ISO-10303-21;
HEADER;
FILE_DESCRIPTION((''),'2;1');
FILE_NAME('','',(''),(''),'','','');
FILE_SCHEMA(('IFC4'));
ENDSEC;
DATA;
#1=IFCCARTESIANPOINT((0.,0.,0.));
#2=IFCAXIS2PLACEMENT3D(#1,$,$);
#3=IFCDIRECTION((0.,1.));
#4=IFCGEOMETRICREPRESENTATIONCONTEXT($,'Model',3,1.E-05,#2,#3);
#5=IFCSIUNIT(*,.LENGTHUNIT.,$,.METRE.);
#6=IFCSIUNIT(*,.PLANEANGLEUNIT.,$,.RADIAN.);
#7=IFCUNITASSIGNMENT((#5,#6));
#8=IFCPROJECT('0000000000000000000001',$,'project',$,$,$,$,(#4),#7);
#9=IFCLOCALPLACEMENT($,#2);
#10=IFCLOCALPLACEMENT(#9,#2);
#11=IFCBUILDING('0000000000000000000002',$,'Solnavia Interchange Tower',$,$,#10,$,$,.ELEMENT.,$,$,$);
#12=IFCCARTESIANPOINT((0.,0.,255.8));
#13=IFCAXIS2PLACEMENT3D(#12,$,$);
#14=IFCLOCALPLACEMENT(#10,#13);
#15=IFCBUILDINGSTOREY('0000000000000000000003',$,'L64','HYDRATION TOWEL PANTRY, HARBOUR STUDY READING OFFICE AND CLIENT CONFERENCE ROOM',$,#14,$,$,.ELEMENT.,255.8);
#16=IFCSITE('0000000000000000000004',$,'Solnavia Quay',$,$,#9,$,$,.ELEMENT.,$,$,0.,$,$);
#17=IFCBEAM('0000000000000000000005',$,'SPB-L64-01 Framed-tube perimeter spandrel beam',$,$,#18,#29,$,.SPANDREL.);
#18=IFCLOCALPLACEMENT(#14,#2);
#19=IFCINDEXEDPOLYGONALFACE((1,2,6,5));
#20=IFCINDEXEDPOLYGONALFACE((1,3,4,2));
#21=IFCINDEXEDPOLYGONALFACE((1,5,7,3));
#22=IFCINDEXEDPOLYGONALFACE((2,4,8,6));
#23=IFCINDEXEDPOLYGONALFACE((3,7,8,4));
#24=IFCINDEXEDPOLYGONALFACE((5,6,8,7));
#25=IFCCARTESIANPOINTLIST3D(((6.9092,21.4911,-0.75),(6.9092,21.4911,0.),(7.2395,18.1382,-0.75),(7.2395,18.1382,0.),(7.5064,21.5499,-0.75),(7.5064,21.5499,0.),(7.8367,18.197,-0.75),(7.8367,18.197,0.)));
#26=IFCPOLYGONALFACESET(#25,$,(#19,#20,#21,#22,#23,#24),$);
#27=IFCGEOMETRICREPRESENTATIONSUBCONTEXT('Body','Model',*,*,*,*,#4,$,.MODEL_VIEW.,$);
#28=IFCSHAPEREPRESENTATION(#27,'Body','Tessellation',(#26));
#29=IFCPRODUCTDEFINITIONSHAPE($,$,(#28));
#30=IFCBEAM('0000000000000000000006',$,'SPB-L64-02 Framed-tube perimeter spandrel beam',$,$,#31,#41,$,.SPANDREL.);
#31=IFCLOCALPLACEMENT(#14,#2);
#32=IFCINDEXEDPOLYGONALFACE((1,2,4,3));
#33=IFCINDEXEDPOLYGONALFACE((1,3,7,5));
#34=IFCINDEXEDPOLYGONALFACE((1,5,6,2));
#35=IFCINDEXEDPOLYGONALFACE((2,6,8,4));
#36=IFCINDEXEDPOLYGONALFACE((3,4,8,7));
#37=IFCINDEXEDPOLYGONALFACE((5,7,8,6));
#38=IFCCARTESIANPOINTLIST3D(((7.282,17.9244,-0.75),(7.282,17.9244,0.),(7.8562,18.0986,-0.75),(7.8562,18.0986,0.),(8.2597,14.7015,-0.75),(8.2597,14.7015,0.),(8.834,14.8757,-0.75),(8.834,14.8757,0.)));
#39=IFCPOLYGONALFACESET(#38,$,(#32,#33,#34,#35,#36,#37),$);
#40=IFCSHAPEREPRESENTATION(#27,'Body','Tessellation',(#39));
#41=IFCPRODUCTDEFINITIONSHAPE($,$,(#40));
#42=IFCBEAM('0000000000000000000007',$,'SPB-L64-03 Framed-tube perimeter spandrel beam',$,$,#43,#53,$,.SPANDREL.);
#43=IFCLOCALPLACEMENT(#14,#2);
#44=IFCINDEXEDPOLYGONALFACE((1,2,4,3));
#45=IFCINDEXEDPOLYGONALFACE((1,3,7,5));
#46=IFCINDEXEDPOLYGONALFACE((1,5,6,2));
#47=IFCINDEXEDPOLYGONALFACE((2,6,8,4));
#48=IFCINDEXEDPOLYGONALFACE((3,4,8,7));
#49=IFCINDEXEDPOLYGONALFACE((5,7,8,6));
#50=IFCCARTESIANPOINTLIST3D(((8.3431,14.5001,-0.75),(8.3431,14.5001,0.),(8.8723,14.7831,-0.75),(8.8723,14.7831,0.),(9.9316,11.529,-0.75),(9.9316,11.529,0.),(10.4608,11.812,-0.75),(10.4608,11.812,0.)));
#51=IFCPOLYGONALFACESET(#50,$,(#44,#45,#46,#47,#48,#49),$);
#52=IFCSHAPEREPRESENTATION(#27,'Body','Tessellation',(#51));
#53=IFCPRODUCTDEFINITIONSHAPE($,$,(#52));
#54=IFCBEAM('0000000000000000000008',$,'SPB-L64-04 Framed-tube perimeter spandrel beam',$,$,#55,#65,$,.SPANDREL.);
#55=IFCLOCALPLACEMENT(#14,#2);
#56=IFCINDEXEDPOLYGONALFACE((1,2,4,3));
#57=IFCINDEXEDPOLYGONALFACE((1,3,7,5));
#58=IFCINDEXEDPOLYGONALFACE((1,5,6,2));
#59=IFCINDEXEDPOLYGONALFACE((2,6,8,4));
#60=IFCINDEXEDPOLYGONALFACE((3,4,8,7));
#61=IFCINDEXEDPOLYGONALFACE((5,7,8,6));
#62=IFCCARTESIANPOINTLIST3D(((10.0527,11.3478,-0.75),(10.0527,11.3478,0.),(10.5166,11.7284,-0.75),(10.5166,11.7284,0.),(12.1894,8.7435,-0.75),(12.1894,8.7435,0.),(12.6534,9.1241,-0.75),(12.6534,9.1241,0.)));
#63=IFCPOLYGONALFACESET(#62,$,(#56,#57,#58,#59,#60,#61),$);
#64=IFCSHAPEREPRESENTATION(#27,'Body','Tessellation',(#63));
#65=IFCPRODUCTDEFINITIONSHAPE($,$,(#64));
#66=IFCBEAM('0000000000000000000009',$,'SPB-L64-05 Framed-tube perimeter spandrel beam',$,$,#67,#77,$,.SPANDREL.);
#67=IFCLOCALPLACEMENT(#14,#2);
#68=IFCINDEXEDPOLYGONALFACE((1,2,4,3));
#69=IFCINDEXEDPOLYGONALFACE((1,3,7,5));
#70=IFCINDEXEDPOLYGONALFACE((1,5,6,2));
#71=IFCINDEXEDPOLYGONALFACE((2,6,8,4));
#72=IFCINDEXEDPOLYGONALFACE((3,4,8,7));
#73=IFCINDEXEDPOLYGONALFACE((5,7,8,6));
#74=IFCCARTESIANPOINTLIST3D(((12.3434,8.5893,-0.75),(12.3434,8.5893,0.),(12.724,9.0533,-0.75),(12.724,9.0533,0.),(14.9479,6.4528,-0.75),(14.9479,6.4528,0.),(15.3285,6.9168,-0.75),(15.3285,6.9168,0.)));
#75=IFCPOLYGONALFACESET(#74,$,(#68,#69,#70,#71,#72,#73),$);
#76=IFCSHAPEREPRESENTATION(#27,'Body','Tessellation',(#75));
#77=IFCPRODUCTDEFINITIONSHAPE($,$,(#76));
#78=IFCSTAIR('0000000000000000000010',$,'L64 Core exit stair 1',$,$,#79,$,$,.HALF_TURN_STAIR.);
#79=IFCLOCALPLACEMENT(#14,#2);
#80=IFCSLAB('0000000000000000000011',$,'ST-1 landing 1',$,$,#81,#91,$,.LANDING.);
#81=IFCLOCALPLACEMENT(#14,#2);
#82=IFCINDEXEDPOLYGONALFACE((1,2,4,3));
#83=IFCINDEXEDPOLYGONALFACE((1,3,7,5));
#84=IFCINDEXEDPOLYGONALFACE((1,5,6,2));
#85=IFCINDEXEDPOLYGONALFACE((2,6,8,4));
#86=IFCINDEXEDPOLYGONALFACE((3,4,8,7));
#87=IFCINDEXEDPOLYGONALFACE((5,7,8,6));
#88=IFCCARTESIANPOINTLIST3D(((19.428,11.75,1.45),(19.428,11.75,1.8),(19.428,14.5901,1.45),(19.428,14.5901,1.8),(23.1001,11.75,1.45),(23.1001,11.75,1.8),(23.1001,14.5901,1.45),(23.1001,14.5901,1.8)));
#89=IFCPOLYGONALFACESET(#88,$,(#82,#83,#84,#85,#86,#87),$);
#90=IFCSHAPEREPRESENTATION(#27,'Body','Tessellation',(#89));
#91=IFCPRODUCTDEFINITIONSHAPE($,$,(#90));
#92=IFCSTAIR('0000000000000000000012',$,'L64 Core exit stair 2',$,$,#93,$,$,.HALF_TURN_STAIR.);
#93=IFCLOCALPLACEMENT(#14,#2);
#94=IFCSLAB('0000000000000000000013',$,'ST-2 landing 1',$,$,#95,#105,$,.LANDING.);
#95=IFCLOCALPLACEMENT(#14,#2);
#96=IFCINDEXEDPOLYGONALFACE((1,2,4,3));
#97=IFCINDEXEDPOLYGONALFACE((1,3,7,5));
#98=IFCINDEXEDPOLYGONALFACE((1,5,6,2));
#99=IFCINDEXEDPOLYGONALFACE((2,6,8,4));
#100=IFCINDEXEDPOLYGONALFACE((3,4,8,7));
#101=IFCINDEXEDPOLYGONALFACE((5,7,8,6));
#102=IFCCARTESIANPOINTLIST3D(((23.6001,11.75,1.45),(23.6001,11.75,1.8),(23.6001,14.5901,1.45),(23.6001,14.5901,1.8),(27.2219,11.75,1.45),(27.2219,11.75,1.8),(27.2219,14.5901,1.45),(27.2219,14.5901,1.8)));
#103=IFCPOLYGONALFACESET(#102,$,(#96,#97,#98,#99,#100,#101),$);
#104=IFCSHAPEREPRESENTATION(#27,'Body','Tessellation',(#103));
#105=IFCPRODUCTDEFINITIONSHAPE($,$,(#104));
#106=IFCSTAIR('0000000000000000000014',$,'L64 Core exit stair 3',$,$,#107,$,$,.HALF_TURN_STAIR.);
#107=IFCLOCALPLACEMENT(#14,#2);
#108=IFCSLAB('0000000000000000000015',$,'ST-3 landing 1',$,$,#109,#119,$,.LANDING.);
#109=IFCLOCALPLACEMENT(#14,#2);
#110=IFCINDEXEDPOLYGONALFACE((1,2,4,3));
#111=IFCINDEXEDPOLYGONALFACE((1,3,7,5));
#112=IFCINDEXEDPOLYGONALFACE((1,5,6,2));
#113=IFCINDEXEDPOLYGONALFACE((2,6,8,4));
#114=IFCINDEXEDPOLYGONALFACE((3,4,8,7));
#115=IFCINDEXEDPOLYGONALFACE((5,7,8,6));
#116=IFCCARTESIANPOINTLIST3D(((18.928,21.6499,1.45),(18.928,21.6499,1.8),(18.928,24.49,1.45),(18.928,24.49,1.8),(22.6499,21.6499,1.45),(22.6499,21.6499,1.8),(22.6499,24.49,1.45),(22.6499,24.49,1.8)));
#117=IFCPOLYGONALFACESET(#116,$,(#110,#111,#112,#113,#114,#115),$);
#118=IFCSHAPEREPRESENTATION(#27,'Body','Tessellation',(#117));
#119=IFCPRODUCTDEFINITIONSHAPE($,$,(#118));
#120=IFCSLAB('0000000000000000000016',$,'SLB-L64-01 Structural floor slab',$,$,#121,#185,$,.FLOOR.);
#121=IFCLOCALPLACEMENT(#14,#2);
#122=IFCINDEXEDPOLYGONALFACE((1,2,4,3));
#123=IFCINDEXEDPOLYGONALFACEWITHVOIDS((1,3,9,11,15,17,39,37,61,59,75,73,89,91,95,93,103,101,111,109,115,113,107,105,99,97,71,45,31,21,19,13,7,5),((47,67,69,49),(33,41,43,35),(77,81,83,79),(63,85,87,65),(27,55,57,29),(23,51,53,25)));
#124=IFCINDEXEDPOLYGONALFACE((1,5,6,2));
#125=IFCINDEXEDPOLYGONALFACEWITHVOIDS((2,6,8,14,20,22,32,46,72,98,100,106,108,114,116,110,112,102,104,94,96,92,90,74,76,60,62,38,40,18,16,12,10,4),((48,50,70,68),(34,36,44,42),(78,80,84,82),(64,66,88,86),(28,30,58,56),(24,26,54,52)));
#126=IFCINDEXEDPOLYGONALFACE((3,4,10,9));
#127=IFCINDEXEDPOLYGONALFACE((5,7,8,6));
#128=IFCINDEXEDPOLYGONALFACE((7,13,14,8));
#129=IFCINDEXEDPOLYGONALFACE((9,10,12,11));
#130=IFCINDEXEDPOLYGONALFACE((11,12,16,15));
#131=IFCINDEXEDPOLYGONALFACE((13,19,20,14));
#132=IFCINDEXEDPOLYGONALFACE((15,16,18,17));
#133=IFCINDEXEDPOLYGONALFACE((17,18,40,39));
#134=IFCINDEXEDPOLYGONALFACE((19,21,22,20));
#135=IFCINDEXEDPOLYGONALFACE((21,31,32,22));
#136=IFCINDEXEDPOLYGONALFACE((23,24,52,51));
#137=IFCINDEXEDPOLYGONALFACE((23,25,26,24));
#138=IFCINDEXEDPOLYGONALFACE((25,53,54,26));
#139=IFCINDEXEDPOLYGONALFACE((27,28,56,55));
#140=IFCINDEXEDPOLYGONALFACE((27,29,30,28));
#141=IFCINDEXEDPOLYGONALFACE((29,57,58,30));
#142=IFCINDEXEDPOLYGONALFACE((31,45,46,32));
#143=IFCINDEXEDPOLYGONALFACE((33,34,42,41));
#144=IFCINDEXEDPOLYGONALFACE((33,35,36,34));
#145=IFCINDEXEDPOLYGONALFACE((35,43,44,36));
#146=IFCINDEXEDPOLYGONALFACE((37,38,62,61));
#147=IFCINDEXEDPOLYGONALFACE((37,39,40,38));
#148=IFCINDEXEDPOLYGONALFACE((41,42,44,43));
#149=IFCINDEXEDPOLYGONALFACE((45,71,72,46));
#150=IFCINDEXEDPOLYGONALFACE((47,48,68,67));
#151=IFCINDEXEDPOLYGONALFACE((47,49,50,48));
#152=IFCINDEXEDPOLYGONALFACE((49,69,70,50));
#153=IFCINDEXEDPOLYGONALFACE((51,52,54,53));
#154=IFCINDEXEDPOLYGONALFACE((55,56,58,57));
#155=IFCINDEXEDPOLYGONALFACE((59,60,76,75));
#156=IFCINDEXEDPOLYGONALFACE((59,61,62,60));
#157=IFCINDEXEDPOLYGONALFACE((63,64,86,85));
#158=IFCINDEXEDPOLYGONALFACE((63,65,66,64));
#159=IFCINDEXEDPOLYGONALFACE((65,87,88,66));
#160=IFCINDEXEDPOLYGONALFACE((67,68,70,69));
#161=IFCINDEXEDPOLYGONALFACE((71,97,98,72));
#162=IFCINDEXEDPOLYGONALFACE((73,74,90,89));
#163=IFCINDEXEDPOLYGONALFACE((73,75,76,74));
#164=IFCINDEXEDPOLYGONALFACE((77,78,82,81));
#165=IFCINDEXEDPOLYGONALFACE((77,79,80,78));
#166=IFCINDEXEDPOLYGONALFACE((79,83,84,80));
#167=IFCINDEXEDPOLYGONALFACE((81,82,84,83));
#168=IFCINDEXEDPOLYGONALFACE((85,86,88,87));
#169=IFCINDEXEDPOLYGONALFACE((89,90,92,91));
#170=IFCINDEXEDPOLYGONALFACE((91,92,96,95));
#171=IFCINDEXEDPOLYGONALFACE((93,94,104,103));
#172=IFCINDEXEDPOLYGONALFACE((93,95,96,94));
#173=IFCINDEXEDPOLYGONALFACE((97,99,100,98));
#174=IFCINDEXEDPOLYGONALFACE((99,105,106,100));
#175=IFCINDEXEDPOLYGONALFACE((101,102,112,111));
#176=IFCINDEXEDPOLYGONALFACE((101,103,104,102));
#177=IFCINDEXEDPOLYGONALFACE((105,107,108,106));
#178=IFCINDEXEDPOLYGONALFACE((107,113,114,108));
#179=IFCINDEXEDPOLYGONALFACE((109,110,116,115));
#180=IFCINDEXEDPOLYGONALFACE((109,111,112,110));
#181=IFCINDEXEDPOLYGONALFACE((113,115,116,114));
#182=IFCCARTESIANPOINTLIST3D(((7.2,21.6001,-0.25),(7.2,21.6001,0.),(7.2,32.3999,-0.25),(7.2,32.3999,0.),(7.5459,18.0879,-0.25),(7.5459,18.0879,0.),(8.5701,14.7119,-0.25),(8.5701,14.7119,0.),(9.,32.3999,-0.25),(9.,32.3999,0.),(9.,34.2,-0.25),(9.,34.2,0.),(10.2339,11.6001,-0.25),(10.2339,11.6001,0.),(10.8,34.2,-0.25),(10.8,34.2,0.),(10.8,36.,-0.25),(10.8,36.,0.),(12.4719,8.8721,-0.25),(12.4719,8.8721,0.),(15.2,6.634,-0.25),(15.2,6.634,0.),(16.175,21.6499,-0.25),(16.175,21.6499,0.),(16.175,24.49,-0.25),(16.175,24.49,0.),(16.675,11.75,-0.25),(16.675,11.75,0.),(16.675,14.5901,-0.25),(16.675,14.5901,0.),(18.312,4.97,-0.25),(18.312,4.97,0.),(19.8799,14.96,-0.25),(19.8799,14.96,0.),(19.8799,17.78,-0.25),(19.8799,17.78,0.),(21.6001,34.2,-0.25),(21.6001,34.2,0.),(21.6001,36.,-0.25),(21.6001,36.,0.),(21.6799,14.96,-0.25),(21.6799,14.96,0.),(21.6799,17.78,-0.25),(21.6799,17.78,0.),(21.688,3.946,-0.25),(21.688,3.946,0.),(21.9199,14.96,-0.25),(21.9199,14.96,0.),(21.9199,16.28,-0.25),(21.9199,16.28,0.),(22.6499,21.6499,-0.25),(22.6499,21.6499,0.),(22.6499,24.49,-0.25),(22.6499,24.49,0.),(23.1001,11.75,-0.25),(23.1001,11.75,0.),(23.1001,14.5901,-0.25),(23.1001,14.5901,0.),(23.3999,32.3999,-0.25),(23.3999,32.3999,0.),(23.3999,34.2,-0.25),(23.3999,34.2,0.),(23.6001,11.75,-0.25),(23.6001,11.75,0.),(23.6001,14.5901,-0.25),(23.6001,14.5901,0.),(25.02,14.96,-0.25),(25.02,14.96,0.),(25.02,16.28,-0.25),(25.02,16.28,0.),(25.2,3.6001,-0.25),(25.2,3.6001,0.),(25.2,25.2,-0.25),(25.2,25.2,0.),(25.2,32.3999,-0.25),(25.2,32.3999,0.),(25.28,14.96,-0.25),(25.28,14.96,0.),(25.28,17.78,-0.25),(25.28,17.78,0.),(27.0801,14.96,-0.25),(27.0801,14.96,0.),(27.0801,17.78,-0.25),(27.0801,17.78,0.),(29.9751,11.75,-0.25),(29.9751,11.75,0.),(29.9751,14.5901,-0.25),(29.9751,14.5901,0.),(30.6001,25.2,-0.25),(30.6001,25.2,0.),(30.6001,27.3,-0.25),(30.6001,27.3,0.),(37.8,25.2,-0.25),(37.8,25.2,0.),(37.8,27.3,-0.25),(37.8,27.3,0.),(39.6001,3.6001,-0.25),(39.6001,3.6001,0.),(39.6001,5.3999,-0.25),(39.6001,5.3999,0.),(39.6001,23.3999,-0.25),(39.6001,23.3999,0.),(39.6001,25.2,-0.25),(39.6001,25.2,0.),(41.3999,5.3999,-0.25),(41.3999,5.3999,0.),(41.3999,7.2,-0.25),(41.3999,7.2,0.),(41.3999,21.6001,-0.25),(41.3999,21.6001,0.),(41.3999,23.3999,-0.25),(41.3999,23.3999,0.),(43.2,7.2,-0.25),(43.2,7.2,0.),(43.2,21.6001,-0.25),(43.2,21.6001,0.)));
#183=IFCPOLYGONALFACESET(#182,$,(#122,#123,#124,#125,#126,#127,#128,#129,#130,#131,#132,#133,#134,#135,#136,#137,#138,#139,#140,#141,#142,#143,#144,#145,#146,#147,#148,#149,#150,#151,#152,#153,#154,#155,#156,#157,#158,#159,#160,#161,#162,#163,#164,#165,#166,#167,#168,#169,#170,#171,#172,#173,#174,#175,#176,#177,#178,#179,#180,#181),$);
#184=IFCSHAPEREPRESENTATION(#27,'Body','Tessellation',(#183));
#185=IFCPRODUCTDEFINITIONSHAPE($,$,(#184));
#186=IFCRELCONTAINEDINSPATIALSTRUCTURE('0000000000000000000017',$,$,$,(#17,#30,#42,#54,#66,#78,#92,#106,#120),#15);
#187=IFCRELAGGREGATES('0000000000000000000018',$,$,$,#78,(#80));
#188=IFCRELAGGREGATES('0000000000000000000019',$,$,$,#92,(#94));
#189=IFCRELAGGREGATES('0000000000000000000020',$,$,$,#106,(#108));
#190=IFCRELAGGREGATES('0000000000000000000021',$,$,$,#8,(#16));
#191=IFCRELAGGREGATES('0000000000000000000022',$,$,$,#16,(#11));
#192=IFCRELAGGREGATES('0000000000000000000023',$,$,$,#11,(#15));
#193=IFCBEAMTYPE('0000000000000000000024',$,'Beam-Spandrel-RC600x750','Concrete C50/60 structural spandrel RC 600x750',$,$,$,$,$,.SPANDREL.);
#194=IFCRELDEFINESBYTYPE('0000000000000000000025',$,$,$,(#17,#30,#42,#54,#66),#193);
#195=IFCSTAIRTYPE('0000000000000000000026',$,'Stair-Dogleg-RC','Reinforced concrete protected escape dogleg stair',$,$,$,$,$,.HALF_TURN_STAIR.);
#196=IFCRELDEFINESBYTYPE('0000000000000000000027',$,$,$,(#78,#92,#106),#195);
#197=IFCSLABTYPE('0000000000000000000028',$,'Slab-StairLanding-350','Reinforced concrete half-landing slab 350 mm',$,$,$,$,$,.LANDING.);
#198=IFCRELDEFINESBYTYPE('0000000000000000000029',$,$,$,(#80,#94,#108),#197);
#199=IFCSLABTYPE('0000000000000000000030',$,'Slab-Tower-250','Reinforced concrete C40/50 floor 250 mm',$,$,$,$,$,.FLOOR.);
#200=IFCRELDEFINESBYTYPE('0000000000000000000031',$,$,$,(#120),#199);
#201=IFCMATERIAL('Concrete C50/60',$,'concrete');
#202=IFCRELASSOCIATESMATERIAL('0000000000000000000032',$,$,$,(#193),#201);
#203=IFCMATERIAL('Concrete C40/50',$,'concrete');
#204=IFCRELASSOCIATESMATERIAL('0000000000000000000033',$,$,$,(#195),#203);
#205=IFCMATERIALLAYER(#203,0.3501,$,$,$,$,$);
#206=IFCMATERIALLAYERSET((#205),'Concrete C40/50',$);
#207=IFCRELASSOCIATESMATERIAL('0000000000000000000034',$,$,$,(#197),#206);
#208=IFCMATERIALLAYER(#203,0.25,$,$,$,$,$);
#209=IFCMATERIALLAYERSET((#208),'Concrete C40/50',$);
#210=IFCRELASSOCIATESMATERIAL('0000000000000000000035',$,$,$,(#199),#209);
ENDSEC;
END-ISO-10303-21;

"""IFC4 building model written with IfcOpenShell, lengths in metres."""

from ifc_helpers import new_model, si_unit, direction, frame, origin, origin_2d, place, context, subcontext, project, spatial, polyline, rectangle, outline, extrude, material, layer, layer_set, material_profile, profile_set, type_object, element, aggregate, save


model = new_model("IFC4")

# Units and contexts
model_context = context("Model", 3, precision=1e-05, world=origin(), true_north=direction((0.0, 1.0)))
body_context = subcontext(model_context, "Body", "Model", "MODEL_VIEW")
ifc_project = project(units=[si_unit("LENGTHUNIT", "METRE"), si_unit("PLANEANGLEUNIT", "RADIAN")], contexts=[model_context])

# Site, building, storey
site_placement = place(None, origin())
site = spatial("IfcSite", under=ifc_project, at=site_placement, Name="Solnavia Quay", CompositionType="ELEMENT", RefElevation=0.0)
building_placement = place(site_placement, origin())
building = spatial("IfcBuilding", under=site, at=building_placement, Name="Solnavia Interchange Tower", CompositionType="ELEMENT")
storey_placement = place(building_placement, frame((0.0, 0.0, 255.8)))
storey = spatial("IfcBuildingStorey", under=building, at=storey_placement, Name="L64", Description="HYDRATION TOWEL PANTRY, HARBOUR STUDY READING OFFICE AND CLIENT CONFERENCE ROOM", CompositionType="ELEMENT", Elevation=255.8)

# Shared definitions
ifc_material_1 = material(Name="Concrete C50/60", Category="concrete")

# Beams
ifc_material_profile_1 = material_profile(ifc_material_1, rectangle(XDim=0.6001, YDim=0.75, at=origin_2d()), Name="RC 600x750")
ifc_profile_set_1 = profile_set([ifc_material_profile_1], Name="Concrete C50/60")
beam_type_1 = type_object("IfcBeamType", Name="Beam-Spandrel-RC600x750", Description="Concrete C50/60 structural spandrel RC 600x750", PredefinedType="SPANDREL", material=ifc_profile_set_1)
beam_1_placement = place(storey_placement, frame((7.2078, 21.5205, -0.375), z_axis=(0.09804, -0.995182, 0.0), x_axis=(0.995182, 0.09804, 0.0)))
element("IfcBeam", 1, at=beam_1_placement, inside=storey, type_object=beam_type_1, Name="SPB-L64-01 Framed-tube perimeter spandrel beam", PredefinedType="SPANDREL", context=body_context, shape_type="SweptSolid", body=[
    extrude(rectangle(XDim=0.6001, YDim=0.75, at=origin_2d()), origin(), (0.0, 0.0, 1.0), 3.3691),
])
beam_2_placement = place(storey_placement, frame((7.5691, 18.0115, -0.375), z_axis=(0.290319, -0.95693, 0.0), x_axis=(0.95693, 0.290319, 0.0)))
element("IfcBeam", 2, at=beam_2_placement, inside=storey, type_object=beam_type_1, Name="SPB-L64-02 Framed-tube perimeter spandrel beam", PredefinedType="SPANDREL", context=body_context, shape_type="SweptSolid", body=[
    extrude(rectangle(XDim=0.6001, YDim=0.75, at=origin_2d()), origin(), (0.0, 0.0, 1.0), 3.3679),
])
beam_3_placement = place(storey_placement, frame((8.6077, 14.6416, -0.375), z_axis=(0.471509, -0.881861, 0.0), x_axis=(0.881861, 0.471509, 0.0)))
element("IfcBeam", 3, at=beam_3_placement, inside=storey, type_object=beam_type_1, Name="SPB-L64-03 Framed-tube perimeter spandrel beam", PredefinedType="SPANDREL", context=body_context, shape_type="SweptSolid", body=[
    extrude(rectangle(XDim=0.6001, YDim=0.75, at=origin_2d()), origin(), (0.0, 0.0, 1.0), 3.3691),
])
for number, where, z_axis, x_axis, name in (
    (4, (10.2847, 11.5381, -0.375), (0.634299, -0.773088, 0.0), (0.773088, 0.634299, 0.0), "SPB-L64-04 Framed-tube perimeter spandrel beam"),
    (5, (12.5337, 8.8213, -0.375), (0.773153, -0.63422, 0.0), (0.63422, 0.773153, 0.0), "SPB-L64-05 Framed-tube perimeter spandrel beam"),
):
    element("IfcBeam", number, at=place(storey_placement, frame(where, z_axis=z_axis, x_axis=x_axis)), inside=storey, type_object=beam_type_1, Name=name, PredefinedType="SPANDREL", context=body_context, shape_type="SweptSolid", body=[
        extrude(rectangle(XDim=0.6001, YDim=0.75, at=origin_2d()), origin(), (0.0, 0.0, 1.0), 3.3687),
    ])

# Stairs, slabs
ifc_material_2 = material(Name="Concrete C40/50", Category="concrete")
stair_type = type_object("IfcStairType", Name="Stair-Dogleg-RC", Description="Reinforced concrete protected escape dogleg stair", PredefinedType="HALF_TURN_STAIR", material=ifc_material_2)
stair_1_placement = place(storey_placement, origin())
stair_1 = element("IfcStair", 6, at=stair_1_placement, inside=storey, type_object=stair_type, Name="L64 Core exit stair 1", PredefinedType="HALF_TURN_STAIR")
ifc_layer_1 = layer(ifc_material_2, 0.3501)
ifc_layer_set_1 = layer_set([ifc_layer_1], Name="Concrete C40/50")
slab_type_1 = type_object("IfcSlabType", Name="Slab-StairLanding-350", Description="Reinforced concrete half-landing slab 350 mm", PredefinedType="LANDING", material=ifc_layer_set_1)
slab_1_placement = place(storey_placement, frame((0.0, 0.0, 1.45)))
slab_1 = element("IfcSlab", 7, at=slab_1_placement, type_object=slab_type_1, Name="ST-1 landing 1", PredefinedType="LANDING", context=body_context, shape_type="SweptSolid", body=[
    extrude(outline(polyline([(19.428, 11.75), (23.1001, 11.75), (23.1001, 14.5901), (19.428, 14.5901), (19.428, 11.75)])), origin(), (0.0, 0.0, 1.0), 0.3501),
])
aggregate(stair_1, [slab_1])
stair_2_placement = place(storey_placement, origin())
stair_2 = element("IfcStair", 8, at=stair_2_placement, inside=storey, type_object=stair_type, Name="L64 Core exit stair 2", PredefinedType="HALF_TURN_STAIR")
slab_2_placement = place(storey_placement, frame((0.0, 0.0, 1.45)))
slab_2 = element("IfcSlab", 9, at=slab_2_placement, type_object=slab_type_1, Name="ST-2 landing 1", PredefinedType="LANDING", context=body_context, shape_type="SweptSolid", body=[
    extrude(outline(polyline([(23.6001, 11.75), (27.2219, 11.75), (27.2219, 14.5901), (23.6001, 14.5901), (23.6001, 11.75)])), origin(), (0.0, 0.0, 1.0), 0.3501),
])
aggregate(stair_2, [slab_2])
stair_3_placement = place(storey_placement, origin())
stair_3 = element("IfcStair", 10, at=stair_3_placement, inside=storey, type_object=stair_type, Name="L64 Core exit stair 3", PredefinedType="HALF_TURN_STAIR")
slab_3_placement = place(storey_placement, frame((0.0, 0.0, 1.45)))
slab_3 = element("IfcSlab", 11, at=slab_3_placement, type_object=slab_type_1, Name="ST-3 landing 1", PredefinedType="LANDING", context=body_context, shape_type="SweptSolid", body=[
    extrude(outline(polyline([(18.928, 21.6499), (22.6499, 21.6499), (22.6499, 24.49), (18.928, 24.49), (18.928, 21.6499)])), origin(), (0.0, 0.0, 1.0), 0.3501),
])
aggregate(stair_3, [slab_3])

# Slab
ifc_layer_2 = layer(ifc_material_2, 0.25)
ifc_layer_set_2 = layer_set([ifc_layer_2], Name="Concrete C40/50")
slab_type_2 = type_object("IfcSlabType", Name="Slab-Tower-250", Description="Reinforced concrete C40/50 floor 250 mm", PredefinedType="FLOOR", material=ifc_layer_set_2)
slab_4_placement = place(storey_placement, frame((0.0, 0.0, -0.25)))
element("IfcSlab", 12, at=slab_4_placement, inside=storey, type_object=slab_type_2, Name="SLB-L64-01 Structural floor slab", PredefinedType="FLOOR", context=body_context, shape_type="SweptSolid", body=[
    extrude(outline(polyline([(25.2, 3.6001), (39.6001, 3.6001), (39.6001, 5.3999), (41.3999, 5.3999), (41.3999, 7.2), (43.2, 7.2), (43.2, 21.6001), (41.3999, 21.6001), (41.3999, 23.3999), (39.6001, 23.3999), (39.6001, 25.2), (37.8, 25.2), (37.8, 27.3), (30.6001, 27.3), (30.6001, 25.2), (25.2, 25.2), (25.2, 32.3999), (23.3999, 32.3999), (23.3999, 34.2), (21.6001, 34.2), (21.6001, 36.0), (10.8, 36.0), (10.8, 34.2), (9.0, 34.2), (9.0, 32.3999), (7.2, 32.3999), (7.2, 21.6001), (7.5459, 18.0879), (8.5701, 14.7119), (10.2339, 11.6001), (12.4719, 8.8721), (15.2, 6.634), (18.312, 4.97), (21.688, 3.946), (25.2, 3.6001)]), holes=[polyline([(16.675, 11.75), (23.1001, 11.75), (23.1001, 14.5901), (16.675, 14.5901), (16.675, 11.75)]), polyline([(23.6001, 11.75), (29.9751, 11.75), (29.9751, 14.5901), (23.6001, 14.5901), (23.6001, 11.75)]), polyline([(16.175, 21.6499), (22.6499, 21.6499), (22.6499, 24.49), (16.175, 24.49), (16.175, 21.6499)]), polyline([(19.8799, 14.96), (21.6799, 14.96), (21.6799, 17.78), (19.8799, 17.78), (19.8799, 14.96)]), polyline([(25.28, 14.96), (27.0801, 14.96), (27.0801, 17.78), (25.28, 17.78), (25.28, 14.96)]), polyline([(21.9199, 14.96), (25.02, 14.96), (25.02, 16.28), (21.9199, 16.28), (21.9199, 14.96)])]), origin(), (0.0, 0.0, 1.0), 0.25),
])

save(model, "model.ifc")
